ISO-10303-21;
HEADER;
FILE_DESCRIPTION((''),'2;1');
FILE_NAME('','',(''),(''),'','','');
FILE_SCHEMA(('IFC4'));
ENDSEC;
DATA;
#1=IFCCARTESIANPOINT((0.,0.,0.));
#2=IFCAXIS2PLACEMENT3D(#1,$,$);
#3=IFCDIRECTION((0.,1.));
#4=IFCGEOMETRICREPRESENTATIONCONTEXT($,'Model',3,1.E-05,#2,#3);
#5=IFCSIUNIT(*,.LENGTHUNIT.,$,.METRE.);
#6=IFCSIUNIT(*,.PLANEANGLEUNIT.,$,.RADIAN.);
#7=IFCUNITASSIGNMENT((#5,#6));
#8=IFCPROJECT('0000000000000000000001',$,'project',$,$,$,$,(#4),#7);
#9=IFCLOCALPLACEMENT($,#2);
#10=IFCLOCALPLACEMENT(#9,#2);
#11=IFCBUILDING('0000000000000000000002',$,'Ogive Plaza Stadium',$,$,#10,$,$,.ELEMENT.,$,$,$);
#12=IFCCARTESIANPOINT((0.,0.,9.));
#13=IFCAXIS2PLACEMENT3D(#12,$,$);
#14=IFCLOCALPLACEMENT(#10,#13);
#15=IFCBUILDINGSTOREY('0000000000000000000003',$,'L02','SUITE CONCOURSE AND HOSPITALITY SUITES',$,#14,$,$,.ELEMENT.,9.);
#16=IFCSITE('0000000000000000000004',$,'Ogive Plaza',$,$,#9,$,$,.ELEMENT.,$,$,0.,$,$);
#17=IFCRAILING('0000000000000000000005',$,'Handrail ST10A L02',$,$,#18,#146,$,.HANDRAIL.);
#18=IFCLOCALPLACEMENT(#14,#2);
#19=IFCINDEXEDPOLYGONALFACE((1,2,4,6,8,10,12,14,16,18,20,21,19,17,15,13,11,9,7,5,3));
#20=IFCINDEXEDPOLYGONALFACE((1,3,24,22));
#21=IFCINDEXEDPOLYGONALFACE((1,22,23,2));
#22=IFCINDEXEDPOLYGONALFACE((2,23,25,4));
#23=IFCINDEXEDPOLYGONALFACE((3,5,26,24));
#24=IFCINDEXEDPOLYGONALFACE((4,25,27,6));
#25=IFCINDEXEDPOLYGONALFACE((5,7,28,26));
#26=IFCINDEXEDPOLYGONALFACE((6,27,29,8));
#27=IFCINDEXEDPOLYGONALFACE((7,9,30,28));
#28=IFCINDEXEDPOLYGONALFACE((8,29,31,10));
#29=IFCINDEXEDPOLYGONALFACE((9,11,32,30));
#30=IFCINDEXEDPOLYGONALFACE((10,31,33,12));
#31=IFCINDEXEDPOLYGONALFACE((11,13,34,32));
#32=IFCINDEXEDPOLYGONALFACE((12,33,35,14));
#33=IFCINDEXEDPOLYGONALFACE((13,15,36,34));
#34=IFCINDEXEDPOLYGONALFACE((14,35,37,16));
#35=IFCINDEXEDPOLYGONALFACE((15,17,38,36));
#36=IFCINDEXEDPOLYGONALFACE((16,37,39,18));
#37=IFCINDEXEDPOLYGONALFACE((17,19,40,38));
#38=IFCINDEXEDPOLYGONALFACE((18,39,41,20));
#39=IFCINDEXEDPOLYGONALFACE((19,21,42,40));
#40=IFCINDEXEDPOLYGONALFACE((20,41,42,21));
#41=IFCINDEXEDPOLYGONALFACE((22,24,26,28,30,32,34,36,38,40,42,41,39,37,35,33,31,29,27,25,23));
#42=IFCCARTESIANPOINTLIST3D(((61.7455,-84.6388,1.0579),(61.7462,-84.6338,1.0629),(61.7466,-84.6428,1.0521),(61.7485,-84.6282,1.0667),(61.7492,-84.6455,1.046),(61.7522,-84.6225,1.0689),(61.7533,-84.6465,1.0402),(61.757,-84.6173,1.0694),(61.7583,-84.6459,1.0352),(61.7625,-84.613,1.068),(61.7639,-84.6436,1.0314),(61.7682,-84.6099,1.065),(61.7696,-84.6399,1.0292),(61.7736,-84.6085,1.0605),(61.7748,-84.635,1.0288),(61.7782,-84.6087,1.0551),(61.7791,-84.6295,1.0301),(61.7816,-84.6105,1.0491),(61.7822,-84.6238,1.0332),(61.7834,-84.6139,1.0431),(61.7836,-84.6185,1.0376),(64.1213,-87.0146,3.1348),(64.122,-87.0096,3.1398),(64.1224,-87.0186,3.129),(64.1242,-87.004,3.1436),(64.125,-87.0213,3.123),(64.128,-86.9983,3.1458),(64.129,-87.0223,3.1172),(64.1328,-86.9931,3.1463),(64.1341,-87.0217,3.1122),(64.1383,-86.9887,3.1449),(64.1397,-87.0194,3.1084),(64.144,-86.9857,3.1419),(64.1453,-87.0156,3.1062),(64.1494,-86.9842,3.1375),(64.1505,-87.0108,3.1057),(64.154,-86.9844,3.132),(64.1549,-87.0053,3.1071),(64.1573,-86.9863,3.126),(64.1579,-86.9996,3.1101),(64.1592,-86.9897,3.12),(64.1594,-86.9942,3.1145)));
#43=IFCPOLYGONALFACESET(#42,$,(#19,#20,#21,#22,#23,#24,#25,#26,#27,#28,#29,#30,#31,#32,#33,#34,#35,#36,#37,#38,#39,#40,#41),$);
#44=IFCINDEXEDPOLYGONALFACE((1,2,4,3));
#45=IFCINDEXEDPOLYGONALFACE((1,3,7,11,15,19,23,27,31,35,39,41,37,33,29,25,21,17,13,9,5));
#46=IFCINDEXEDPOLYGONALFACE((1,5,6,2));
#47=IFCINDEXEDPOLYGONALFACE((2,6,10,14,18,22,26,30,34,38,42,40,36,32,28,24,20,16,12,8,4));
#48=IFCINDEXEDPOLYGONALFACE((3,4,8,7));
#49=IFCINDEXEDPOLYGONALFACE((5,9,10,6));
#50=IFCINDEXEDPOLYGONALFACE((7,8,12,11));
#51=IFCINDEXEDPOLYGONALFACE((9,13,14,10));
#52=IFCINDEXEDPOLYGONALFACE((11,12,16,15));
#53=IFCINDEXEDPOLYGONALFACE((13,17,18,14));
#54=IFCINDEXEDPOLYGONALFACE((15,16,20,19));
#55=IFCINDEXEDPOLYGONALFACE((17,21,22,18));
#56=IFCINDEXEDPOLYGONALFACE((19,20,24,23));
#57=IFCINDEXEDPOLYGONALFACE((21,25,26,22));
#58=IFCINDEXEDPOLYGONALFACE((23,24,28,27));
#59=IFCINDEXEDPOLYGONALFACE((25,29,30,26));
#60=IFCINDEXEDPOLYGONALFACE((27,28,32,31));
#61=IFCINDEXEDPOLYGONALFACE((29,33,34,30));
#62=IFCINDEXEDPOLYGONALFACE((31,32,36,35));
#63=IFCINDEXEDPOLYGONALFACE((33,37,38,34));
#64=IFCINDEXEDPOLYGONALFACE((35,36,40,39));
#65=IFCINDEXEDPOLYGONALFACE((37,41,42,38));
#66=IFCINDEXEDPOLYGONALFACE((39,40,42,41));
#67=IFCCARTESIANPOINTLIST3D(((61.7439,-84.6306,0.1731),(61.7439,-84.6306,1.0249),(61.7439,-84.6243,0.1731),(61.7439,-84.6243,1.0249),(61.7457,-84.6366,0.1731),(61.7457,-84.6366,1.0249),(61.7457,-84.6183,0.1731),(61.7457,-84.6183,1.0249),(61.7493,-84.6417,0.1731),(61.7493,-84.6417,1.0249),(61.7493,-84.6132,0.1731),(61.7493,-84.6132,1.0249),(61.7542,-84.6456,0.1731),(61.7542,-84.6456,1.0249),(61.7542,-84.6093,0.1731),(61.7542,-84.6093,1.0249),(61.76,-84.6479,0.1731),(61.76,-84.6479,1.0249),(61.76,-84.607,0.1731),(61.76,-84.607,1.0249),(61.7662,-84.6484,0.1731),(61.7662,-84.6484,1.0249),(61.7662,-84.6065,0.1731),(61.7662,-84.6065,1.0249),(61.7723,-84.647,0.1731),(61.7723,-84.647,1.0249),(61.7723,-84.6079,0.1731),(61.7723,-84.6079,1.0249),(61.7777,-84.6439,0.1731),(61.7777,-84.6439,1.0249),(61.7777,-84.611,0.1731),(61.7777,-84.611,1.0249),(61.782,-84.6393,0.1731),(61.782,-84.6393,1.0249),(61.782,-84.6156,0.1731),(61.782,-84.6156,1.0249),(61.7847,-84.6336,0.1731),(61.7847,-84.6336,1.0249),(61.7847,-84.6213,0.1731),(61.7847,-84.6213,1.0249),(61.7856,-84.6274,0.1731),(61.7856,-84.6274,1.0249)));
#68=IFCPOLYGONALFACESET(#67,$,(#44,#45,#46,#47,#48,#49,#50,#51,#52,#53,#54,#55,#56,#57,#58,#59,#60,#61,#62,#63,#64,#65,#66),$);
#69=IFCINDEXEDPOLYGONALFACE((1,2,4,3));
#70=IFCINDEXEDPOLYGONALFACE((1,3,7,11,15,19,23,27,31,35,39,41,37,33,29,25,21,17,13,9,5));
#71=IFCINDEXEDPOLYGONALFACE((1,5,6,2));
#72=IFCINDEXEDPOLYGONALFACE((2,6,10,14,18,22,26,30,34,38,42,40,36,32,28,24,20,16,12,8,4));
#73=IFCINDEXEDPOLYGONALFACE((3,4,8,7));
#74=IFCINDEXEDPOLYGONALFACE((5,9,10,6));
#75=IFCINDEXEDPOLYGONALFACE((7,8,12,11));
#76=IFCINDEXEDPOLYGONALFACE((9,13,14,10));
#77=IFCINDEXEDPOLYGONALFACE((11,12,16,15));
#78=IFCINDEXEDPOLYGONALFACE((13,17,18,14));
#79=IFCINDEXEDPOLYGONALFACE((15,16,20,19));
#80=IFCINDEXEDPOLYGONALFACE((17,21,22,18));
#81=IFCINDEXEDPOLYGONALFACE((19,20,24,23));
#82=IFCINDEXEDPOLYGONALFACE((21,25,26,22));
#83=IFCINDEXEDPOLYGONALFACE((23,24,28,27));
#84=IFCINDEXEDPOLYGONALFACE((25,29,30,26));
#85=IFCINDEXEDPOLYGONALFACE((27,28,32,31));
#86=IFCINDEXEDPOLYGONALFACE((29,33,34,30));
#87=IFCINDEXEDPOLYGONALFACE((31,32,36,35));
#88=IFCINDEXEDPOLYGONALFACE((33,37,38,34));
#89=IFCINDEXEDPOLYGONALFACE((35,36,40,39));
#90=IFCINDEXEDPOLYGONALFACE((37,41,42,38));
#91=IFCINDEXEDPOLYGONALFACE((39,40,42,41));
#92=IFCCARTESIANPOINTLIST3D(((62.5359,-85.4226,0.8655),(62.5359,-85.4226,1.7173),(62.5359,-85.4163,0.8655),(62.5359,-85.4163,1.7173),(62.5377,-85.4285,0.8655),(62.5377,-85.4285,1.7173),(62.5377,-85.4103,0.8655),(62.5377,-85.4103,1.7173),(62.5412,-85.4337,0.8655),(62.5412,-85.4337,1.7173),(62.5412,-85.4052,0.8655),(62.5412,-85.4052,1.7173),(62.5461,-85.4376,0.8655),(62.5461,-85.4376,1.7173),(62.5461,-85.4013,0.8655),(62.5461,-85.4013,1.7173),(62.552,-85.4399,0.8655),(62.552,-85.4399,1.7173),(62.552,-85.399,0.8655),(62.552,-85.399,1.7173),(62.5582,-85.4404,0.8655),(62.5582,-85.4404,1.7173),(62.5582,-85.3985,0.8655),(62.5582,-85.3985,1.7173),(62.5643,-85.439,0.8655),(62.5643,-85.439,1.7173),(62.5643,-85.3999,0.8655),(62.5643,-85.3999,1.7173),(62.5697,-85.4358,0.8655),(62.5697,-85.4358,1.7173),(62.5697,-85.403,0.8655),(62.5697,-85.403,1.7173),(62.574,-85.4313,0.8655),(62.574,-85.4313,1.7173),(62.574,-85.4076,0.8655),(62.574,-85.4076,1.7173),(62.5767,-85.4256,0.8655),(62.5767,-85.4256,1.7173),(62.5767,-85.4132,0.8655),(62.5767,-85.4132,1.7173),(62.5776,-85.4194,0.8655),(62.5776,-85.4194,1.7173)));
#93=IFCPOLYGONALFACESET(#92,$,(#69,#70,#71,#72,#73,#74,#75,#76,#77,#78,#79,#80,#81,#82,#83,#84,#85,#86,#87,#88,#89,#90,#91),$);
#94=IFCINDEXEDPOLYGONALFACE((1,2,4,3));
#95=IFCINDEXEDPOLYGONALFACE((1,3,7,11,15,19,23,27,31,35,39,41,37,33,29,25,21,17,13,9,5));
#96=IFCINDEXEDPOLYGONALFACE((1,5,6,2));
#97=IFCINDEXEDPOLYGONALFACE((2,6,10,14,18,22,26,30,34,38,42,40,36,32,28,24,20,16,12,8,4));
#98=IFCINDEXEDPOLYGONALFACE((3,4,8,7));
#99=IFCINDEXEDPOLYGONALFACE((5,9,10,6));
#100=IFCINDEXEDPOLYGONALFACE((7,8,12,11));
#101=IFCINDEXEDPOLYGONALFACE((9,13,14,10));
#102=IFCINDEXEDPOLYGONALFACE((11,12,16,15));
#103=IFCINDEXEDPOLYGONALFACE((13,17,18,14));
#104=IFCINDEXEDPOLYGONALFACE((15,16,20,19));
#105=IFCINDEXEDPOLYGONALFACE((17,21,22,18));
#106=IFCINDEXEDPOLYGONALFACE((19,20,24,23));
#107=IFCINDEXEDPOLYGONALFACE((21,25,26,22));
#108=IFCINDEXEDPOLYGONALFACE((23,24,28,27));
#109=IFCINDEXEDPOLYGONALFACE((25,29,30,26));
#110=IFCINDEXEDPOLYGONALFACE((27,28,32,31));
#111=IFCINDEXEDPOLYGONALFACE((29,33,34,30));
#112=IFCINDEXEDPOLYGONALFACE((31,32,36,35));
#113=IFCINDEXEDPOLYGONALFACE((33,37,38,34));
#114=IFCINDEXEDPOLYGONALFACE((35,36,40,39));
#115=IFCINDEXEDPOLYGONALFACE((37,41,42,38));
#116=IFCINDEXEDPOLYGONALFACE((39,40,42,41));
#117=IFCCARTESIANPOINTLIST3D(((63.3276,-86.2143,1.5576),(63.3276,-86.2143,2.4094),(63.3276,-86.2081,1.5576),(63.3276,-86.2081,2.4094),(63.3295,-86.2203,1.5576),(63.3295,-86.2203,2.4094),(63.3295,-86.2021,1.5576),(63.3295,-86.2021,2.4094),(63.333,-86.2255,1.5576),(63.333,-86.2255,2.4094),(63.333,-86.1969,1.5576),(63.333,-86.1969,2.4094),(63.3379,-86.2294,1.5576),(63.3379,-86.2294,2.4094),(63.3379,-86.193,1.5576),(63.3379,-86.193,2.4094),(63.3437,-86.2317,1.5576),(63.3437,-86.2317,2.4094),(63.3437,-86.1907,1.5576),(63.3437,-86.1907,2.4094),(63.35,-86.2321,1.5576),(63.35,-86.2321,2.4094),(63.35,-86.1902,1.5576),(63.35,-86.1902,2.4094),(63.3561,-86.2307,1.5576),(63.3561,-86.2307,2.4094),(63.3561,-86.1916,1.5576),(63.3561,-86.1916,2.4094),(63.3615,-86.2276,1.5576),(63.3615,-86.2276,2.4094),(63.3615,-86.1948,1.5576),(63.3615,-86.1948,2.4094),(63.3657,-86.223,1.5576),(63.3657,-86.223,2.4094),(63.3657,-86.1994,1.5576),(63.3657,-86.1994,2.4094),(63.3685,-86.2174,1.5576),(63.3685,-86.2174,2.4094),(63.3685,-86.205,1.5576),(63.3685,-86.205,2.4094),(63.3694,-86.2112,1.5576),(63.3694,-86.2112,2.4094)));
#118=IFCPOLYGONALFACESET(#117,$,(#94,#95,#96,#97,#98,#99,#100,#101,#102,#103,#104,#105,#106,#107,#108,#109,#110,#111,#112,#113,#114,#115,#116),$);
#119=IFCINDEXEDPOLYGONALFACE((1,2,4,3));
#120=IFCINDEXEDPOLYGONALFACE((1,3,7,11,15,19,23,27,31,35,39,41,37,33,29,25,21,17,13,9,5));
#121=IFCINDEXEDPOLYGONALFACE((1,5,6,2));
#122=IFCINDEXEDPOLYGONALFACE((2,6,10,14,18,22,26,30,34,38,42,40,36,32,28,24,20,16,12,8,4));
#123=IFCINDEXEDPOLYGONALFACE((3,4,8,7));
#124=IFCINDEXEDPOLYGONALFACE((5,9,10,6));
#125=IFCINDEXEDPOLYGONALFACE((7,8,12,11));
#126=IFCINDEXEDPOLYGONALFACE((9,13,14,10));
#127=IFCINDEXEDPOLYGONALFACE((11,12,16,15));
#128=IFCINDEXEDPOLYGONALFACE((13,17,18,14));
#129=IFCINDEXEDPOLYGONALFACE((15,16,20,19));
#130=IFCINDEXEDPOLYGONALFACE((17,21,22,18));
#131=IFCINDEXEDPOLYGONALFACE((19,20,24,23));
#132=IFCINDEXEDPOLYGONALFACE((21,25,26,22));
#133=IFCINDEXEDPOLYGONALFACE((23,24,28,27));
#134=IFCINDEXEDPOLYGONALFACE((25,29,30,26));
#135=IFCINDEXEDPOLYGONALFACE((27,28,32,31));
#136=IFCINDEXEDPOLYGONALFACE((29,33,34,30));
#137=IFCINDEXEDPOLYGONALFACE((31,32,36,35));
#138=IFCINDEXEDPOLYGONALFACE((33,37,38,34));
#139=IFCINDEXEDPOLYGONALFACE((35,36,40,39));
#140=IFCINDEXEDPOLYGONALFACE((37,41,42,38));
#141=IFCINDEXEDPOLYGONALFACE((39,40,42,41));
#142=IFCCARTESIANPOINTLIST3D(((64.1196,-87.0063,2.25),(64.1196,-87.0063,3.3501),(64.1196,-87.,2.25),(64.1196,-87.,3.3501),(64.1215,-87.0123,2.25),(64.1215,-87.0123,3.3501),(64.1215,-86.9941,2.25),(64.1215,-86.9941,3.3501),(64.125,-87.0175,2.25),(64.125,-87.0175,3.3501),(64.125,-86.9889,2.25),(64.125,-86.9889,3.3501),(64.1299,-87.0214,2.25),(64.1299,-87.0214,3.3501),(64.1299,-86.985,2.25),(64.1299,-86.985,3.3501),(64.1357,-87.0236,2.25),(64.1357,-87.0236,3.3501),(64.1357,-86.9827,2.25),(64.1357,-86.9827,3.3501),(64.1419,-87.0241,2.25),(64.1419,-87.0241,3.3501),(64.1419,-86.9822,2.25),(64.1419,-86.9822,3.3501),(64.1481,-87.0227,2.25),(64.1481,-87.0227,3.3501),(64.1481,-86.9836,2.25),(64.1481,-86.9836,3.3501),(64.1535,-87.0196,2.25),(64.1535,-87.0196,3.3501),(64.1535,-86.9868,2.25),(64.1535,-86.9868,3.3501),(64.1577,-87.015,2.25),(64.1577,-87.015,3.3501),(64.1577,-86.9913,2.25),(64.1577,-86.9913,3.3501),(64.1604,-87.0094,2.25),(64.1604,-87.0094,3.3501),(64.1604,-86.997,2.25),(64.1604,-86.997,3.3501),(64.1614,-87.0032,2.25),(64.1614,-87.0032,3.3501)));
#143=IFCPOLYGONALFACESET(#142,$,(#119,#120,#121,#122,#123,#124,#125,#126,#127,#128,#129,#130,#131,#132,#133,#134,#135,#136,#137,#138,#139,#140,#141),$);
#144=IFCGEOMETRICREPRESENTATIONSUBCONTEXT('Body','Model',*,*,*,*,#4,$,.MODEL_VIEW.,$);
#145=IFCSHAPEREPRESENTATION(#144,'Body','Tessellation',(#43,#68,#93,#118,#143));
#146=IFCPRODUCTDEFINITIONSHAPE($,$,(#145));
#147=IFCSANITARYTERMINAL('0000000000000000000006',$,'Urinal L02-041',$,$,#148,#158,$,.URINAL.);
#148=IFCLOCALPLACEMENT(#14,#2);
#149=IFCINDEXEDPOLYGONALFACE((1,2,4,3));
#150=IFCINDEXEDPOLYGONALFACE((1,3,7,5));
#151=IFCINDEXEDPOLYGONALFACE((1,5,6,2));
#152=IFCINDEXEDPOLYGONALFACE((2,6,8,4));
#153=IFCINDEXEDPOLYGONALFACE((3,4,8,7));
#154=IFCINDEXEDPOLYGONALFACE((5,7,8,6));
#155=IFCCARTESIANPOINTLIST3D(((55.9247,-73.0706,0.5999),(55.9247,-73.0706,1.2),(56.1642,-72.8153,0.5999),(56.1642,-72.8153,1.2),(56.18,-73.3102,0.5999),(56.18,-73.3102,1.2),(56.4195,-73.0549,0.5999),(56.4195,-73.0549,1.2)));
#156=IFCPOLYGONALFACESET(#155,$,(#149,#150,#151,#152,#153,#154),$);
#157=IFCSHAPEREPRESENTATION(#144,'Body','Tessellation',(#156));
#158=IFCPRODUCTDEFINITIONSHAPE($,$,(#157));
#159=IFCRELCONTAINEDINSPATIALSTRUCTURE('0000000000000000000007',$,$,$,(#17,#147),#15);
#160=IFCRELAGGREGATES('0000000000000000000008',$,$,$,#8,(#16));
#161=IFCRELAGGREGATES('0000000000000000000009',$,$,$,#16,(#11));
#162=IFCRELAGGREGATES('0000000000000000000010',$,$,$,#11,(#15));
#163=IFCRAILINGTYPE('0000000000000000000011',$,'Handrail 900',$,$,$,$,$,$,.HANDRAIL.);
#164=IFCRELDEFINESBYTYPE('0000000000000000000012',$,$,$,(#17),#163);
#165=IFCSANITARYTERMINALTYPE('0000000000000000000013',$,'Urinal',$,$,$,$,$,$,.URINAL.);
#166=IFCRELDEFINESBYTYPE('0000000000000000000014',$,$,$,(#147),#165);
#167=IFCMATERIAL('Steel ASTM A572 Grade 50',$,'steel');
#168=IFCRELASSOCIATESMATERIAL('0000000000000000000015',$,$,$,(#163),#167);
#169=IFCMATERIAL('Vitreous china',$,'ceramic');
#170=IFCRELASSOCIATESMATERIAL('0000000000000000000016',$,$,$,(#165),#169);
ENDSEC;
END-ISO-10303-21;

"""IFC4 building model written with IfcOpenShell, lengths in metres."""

from ifc_helpers import new_model, si_unit, direction, frame, origin, origin_2d, place, context, subcontext, project, spatial, rectangle, circle, extrude, material, type_object, element, save


model = new_model("IFC4")

# Units and contexts
model_context = context("Model", 3, precision=1e-05, world=origin(), true_north=direction((0.0, 1.0)))
body_context = subcontext(model_context, "Body", "Model", "MODEL_VIEW")
ifc_project = project(units=[si_unit("LENGTHUNIT", "METRE"), si_unit("PLANEANGLEUNIT", "RADIAN")], contexts=[model_context])

# Site, building, storey
site_placement = place(None, origin())
site = spatial("IfcSite", under=ifc_project, at=site_placement, Name="Ogive Plaza", CompositionType="ELEMENT", RefElevation=0.0)
building_placement = place(site_placement, origin())
building = spatial("IfcBuilding", under=site, at=building_placement, Name="Ogive Plaza Stadium", CompositionType="ELEMENT")
storey_placement = place(building_placement, frame((0.0, 0.0, 9.0)))
storey = spatial("IfcBuildingStorey", under=building, at=storey_placement, Name="L02", Description="SUITE CONCOURSE AND HOSPITALITY SUITES", CompositionType="ELEMENT", Elevation=9.0)

# Railing
ifc_material_1 = material(Name="Steel ASTM A572 Grade 50", Category="steel")
railing_type = type_object("IfcRailingType", Name="Handrail 900", PredefinedType="HANDRAIL", material=ifc_material_1)
railing_1_placement = place(storey_placement, frame((61.7646, -84.6274, 0.1731)))
element("IfcRailing", 1, at=railing_1_placement, inside=storey, type_object=railing_type, Name="Handrail ST10A L02", PredefinedType="HANDRAIL", context=body_context, shape_type="SweptSolid", body=[
    extrude(circle(Radius=0.0239, at=origin_2d()), frame((0.0, 0.0, 0.876), z_axis=(0.601466, -0.601466, 0.525811), x_axis=(0.707107, 0.707107, 0.0)), (0.0, 0.0, 1.0), 3.95),
    extrude(circle(Radius=0.021, at=origin_2d()), origin(), (0.0, 0.0, 1.0), 0.8518),
    extrude(circle(Radius=0.021, at=origin_2d()), frame((0.792, -0.792, 0.6924)), (0.0, 0.0, 1.0), 0.8518),
    extrude(circle(Radius=0.021, at=origin_2d()), frame((1.5837, -1.5837, 1.3845)), (0.0, 0.0, 1.0), 0.8518),
    extrude(circle(Radius=0.021, at=origin_2d()), frame((2.3757, -2.3757, 2.0769)), (0.0, 0.0, 1.0), 1.1001),
])

# Sanitary terminal
ifc_material_2 = material(Name="Vitreous china", Category="ceramic")
sanitary_terminal_type = type_object("IfcSanitaryTerminalType", Name="Urinal", PredefinedType="URINAL", material=ifc_material_2)
sanitary_terminal_placement = place(storey_placement, frame((56.1721, -73.0627, 0.5999), z_axis=(0.0, 0.0, 1.0), x_axis=(0.729268, -0.684228, 0.0)))
element("IfcSanitaryTerminal", 2, at=sanitary_terminal_placement, inside=storey, type_object=sanitary_terminal_type, Name="Urinal L02-041", PredefinedType="URINAL", context=body_context, shape_type="SweptSolid", body=[
    extrude(rectangle(XDim=0.3501, YDim=0.3501, at=origin_2d()), origin(), (0.0, 0.0, 1.0), 0.6001),
])

save(model, "model.ifc")
